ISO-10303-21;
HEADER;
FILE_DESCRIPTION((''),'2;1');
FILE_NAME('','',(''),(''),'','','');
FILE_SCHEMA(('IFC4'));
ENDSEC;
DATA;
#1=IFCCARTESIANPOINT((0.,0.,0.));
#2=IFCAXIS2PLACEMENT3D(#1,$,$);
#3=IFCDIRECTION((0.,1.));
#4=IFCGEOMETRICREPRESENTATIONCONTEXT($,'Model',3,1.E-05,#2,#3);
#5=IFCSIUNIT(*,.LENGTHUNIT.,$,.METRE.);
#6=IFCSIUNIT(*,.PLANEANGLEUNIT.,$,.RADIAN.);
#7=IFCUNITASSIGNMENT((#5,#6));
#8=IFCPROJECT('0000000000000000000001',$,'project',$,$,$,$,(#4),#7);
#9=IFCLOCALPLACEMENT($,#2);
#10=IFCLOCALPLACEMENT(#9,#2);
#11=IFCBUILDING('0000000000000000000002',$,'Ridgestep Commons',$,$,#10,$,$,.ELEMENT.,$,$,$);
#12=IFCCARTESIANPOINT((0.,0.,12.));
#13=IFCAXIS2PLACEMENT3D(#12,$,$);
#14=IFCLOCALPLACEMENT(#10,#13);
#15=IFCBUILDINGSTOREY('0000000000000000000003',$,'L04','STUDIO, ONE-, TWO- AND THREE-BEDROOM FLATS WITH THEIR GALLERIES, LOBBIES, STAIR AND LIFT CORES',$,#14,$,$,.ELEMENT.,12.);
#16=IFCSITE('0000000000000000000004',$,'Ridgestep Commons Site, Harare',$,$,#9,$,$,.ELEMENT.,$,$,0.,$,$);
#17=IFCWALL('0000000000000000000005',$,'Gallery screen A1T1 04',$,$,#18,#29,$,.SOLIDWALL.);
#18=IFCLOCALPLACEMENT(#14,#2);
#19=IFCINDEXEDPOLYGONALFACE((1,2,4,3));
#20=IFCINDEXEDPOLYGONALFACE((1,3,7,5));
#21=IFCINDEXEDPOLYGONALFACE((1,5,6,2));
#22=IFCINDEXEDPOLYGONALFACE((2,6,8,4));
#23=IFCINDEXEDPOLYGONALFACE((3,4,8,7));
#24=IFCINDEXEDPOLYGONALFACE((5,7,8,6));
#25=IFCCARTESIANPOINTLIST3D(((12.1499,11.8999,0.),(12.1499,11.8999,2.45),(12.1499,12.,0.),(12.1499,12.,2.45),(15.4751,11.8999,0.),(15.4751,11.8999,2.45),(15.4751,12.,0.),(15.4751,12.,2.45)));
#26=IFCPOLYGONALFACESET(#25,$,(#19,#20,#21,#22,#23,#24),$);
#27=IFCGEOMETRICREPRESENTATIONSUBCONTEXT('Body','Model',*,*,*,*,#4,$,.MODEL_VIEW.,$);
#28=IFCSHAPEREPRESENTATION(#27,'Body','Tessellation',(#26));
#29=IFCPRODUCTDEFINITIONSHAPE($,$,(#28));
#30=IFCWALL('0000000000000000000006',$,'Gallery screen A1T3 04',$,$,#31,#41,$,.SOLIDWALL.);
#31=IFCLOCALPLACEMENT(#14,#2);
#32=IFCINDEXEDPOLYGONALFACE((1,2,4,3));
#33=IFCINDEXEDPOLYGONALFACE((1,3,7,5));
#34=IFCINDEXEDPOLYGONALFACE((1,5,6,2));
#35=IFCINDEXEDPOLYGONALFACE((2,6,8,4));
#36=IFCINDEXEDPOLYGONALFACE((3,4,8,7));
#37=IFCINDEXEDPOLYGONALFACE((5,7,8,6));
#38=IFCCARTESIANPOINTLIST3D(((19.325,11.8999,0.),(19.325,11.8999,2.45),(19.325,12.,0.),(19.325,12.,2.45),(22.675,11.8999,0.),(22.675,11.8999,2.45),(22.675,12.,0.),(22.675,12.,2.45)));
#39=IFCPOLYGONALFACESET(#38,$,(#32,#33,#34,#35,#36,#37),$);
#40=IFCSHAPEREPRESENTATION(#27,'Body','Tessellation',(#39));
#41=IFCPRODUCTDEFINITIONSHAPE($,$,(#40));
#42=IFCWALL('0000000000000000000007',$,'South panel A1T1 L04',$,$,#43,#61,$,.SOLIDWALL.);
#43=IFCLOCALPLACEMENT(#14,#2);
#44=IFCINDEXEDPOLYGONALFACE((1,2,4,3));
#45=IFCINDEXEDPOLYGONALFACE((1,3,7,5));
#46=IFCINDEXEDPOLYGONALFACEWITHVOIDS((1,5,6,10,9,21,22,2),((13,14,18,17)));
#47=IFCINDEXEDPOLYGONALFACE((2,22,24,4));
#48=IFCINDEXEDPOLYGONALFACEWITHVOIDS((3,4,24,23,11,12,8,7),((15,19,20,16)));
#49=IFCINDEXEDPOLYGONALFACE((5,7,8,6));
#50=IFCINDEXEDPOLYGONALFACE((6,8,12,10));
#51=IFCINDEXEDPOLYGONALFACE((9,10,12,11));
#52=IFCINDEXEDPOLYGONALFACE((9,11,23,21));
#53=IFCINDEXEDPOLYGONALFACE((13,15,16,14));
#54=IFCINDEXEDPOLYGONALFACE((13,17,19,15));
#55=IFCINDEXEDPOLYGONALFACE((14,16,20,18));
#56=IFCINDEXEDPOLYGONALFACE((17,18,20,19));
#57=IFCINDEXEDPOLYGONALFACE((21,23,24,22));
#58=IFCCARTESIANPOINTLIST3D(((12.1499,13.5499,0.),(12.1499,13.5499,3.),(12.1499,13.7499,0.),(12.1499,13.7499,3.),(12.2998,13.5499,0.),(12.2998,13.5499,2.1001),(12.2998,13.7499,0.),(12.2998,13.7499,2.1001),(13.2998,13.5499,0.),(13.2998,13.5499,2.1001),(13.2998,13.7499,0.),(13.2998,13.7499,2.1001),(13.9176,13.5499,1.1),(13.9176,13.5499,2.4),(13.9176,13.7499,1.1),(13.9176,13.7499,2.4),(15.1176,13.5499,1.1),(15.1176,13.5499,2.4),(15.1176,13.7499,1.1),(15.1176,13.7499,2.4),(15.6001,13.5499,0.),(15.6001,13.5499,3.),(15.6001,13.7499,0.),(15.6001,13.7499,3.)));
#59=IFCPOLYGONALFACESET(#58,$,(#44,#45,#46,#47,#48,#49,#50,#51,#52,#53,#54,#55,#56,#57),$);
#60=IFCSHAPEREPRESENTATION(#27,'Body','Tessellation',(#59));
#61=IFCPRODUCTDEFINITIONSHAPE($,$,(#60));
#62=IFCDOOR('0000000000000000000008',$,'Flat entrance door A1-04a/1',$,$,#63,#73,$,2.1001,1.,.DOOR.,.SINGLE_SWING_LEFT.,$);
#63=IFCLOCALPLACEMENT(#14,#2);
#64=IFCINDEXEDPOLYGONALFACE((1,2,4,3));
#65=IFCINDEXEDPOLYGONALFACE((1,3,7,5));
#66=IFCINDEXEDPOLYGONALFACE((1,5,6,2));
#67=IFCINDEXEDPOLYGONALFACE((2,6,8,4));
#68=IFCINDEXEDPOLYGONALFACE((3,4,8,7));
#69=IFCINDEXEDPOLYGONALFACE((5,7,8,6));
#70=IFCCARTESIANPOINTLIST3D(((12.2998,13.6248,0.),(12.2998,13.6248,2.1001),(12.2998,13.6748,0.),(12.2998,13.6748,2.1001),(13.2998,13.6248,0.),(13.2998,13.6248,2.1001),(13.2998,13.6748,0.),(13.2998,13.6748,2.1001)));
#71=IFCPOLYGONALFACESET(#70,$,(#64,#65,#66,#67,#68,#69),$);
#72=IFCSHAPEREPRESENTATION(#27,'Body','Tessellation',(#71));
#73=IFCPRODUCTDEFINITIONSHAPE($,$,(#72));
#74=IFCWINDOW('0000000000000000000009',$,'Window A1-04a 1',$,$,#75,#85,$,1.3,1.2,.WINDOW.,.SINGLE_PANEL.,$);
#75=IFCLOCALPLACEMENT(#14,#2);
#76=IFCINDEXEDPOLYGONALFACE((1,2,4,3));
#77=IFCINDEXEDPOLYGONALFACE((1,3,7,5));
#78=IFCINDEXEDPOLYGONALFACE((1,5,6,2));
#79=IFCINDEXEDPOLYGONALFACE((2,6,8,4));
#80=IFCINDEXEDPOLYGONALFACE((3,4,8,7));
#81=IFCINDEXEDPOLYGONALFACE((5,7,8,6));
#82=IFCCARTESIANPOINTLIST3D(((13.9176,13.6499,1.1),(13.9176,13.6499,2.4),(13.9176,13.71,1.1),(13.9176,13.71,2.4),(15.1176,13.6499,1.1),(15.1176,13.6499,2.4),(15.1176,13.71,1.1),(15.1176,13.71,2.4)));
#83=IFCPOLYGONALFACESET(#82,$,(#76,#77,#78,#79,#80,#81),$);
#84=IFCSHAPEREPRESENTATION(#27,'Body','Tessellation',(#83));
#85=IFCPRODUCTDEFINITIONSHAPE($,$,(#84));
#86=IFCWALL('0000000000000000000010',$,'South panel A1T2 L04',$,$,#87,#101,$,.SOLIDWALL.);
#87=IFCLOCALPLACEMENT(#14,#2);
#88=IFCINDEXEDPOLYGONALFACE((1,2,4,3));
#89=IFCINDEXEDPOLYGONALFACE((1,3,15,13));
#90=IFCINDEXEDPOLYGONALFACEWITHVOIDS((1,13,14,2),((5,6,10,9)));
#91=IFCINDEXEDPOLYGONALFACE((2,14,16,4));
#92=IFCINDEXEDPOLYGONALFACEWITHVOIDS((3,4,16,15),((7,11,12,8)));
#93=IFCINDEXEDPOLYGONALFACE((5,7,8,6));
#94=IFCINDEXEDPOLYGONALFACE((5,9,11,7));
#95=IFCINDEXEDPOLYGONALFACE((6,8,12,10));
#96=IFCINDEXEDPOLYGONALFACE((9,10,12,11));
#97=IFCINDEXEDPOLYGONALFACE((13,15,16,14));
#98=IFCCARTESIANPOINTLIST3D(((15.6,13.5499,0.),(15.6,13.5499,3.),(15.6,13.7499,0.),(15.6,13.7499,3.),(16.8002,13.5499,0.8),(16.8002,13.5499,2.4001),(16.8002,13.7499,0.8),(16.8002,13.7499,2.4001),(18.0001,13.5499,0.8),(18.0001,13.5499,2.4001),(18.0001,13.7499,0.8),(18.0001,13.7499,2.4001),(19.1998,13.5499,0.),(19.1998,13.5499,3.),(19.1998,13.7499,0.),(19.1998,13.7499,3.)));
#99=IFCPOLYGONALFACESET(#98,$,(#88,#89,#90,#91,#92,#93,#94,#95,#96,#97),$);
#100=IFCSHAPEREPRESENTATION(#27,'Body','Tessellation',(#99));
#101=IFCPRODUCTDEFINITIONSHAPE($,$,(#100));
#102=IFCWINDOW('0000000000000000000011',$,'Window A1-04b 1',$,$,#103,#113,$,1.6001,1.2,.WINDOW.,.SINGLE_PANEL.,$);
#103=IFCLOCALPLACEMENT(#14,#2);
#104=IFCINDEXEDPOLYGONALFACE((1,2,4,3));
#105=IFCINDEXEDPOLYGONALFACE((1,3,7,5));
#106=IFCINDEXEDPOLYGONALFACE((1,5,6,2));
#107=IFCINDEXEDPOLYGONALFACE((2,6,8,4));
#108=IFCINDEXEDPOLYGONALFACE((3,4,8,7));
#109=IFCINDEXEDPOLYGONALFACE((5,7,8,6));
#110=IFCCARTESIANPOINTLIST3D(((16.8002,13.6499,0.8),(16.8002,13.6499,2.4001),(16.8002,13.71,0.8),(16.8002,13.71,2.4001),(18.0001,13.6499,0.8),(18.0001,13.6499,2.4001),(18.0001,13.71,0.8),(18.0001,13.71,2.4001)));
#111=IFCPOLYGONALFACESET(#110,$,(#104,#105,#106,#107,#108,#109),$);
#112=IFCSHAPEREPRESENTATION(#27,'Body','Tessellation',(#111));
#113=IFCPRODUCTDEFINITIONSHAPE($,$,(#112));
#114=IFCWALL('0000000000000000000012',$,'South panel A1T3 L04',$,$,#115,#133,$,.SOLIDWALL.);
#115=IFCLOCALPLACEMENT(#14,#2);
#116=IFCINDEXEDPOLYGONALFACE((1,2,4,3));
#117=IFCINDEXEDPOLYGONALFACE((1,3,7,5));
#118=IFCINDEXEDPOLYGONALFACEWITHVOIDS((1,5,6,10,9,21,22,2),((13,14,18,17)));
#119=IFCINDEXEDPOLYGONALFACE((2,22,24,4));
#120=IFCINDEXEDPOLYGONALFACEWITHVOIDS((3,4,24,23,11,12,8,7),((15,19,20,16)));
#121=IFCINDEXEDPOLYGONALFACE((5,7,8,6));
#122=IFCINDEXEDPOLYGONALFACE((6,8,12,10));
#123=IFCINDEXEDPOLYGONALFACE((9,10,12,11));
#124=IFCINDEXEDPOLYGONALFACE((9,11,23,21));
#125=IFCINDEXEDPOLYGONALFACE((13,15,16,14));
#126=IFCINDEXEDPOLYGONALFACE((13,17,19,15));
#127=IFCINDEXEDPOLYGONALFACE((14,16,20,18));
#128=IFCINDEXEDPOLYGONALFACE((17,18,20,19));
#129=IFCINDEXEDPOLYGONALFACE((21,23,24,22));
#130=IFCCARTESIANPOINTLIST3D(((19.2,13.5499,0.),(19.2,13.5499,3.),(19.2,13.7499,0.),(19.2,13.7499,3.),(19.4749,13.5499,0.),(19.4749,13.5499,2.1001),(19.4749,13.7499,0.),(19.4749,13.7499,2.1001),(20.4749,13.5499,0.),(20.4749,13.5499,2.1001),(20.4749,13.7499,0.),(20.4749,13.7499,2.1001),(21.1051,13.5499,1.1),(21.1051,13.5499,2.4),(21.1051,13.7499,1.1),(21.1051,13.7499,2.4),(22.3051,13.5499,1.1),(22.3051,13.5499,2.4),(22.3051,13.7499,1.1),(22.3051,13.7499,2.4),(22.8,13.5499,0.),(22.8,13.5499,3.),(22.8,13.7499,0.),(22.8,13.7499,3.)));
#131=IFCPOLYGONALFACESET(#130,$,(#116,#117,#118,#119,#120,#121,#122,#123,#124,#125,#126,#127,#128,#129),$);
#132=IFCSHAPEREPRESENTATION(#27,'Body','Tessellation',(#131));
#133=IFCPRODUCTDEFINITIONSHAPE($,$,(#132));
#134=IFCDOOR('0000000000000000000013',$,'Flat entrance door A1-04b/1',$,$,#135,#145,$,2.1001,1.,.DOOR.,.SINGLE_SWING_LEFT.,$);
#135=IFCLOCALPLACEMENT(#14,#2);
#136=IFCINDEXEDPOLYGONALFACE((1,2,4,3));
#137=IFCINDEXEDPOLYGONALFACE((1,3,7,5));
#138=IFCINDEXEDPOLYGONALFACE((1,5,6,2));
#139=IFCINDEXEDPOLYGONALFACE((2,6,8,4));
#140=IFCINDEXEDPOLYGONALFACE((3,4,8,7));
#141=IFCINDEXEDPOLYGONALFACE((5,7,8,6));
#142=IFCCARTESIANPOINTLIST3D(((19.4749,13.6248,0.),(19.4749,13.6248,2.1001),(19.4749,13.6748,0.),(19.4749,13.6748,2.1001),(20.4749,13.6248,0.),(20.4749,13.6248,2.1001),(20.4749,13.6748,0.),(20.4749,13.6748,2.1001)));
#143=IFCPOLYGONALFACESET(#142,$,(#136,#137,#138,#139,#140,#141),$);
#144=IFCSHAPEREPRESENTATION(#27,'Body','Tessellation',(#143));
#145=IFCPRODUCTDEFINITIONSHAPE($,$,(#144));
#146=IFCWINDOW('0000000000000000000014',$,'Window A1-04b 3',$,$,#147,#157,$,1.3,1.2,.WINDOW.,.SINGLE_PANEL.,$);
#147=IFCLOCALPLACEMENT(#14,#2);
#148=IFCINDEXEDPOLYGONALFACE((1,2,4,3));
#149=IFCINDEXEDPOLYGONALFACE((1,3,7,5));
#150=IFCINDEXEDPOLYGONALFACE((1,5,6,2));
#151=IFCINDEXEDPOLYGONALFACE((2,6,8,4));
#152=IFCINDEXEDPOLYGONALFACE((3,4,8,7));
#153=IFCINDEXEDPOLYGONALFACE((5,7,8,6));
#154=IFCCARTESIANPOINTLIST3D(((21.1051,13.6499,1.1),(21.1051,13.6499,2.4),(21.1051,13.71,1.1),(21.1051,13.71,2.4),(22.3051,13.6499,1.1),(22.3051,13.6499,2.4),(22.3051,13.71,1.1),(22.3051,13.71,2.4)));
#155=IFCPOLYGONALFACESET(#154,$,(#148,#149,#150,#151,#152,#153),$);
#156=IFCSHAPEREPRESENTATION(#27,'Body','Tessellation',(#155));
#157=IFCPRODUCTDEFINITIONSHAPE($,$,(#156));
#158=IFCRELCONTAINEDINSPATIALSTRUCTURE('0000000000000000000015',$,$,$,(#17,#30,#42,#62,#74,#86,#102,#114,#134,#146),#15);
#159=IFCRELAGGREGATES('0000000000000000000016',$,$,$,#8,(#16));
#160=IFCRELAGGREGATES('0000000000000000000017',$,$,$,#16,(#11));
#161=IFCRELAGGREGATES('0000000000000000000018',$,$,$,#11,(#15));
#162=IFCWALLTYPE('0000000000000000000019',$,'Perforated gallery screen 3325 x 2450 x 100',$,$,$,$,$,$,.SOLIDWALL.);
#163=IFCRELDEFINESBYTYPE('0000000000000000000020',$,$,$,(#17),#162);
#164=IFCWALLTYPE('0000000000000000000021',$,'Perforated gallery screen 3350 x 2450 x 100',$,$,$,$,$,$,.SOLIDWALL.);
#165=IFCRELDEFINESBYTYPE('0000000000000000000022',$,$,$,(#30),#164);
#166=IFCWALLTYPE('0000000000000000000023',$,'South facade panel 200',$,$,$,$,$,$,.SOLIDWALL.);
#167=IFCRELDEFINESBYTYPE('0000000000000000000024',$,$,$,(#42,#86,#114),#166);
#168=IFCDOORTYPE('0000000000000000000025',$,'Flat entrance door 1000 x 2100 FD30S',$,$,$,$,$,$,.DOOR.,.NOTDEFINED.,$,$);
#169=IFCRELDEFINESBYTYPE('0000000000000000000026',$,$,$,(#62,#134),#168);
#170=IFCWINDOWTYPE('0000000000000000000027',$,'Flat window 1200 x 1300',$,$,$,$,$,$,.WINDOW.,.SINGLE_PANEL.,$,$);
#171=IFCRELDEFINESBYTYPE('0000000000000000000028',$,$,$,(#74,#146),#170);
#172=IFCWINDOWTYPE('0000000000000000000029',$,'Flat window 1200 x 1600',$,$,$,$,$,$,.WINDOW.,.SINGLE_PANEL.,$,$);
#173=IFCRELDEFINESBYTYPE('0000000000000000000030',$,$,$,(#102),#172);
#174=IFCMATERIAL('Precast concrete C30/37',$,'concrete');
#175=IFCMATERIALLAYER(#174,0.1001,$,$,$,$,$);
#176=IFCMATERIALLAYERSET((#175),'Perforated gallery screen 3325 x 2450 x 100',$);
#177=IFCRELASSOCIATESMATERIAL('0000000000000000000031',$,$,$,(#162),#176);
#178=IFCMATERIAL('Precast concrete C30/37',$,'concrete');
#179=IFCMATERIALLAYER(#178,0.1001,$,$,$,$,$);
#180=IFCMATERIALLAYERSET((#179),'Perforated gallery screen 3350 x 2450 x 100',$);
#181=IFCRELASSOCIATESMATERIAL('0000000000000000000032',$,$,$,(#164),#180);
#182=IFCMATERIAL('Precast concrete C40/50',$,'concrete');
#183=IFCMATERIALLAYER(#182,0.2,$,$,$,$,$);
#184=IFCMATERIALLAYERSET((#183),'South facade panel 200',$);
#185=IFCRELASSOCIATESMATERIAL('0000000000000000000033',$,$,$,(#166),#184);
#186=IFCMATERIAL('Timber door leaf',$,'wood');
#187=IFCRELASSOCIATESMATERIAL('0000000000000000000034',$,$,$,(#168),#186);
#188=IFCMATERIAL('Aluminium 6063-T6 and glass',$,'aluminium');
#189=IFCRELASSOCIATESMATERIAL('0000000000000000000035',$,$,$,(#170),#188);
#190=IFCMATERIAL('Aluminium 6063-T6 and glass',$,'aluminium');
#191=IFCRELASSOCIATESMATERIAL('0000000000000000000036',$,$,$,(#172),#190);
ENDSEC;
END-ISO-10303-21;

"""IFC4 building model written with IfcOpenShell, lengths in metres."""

from ifc_helpers import new_model, si_unit, direction, frame, frame_2d, origin, place, context, subcontext, project, spatial, rectangle, extrude, material, layer, layer_set, type_object, element, fill, save


model = new_model("IFC4")

# Units and contexts
model_context = context("Model", 3, precision=1e-05, world=origin(), true_north=direction((0.0, 1.0)))
body_context = subcontext(model_context, "Body", "Model", "MODEL_VIEW")
ifc_project = project(units=[si_unit("LENGTHUNIT", "METRE"), si_unit("PLANEANGLEUNIT", "RADIAN")], contexts=[model_context])

# Site, building, storey
site_placement = place(None, origin())
site = spatial("IfcSite", under=ifc_project, at=site_placement, Name="Ridgestep Commons Site, Harare", CompositionType="ELEMENT", RefElevation=0.0)
building_placement = place(site_placement, origin())
building = spatial("IfcBuilding", under=site, at=building_placement, Name="Ridgestep Commons", CompositionType="ELEMENT")
storey_placement = place(building_placement, frame((0.0, 0.0, 12.0)))
storey = spatial("IfcBuildingStorey", under=building, at=storey_placement, Name="L04", Description="STUDIO, ONE-, TWO- AND THREE-BEDROOM FLATS WITH THEIR GALLERIES, LOBBIES, STAIR AND LIFT CORES", CompositionType="ELEMENT", Elevation=12.0)

# Walls
ifc_material_1 = material(Name="Precast concrete C30/37", Category="concrete")
ifc_layer_1 = layer(ifc_material_1, 0.1001)
ifc_layer_set_1 = layer_set([ifc_layer_1], Name="Perforated gallery screen 3325 x 2450 x 100")
wall_type_1 = type_object("IfcWallType", Name="Perforated gallery screen 3325 x 2450 x 100", PredefinedType="SOLIDWALL", material=ifc_layer_set_1)
wall_1_placement = place(storey_placement, frame((12.1499, 11.95, 0.0), z_axis=(0.0, 0.0, 1.0), x_axis=(1.0, 0.0, 0.0)))
element("IfcWall", 1, at=wall_1_placement, inside=storey, type_object=wall_type_1, Name="Gallery screen A1T1 04", PredefinedType="SOLIDWALL", context=body_context, shape_type="SweptSolid", body=[
    extrude(rectangle(XDim=3.3252, YDim=0.1001, at=frame_2d((1.6626, 0.0))), origin(), (0.0, 0.0, 1.0), 2.45),
])
ifc_material_2 = material(Name="Precast concrete C30/37", Category="concrete")
ifc_layer_2 = layer(ifc_material_2, 0.1001)
ifc_layer_set_2 = layer_set([ifc_layer_2], Name="Perforated gallery screen 3350 x 2450 x 100")
wall_type_2 = type_object("IfcWallType", Name="Perforated gallery screen 3350 x 2450 x 100", PredefinedType="SOLIDWALL", material=ifc_layer_set_2)
wall_2_placement = place(storey_placement, frame((19.325, 11.95, 0.0), z_axis=(0.0, 0.0, 1.0), x_axis=(1.0, 0.0, 0.0)))
element("IfcWall", 2, at=wall_2_placement, inside=storey, type_object=wall_type_2, Name="Gallery screen A1T3 04", PredefinedType="SOLIDWALL", context=body_context, shape_type="SweptSolid", body=[
    extrude(rectangle(XDim=3.3501, YDim=0.1001, at=frame_2d((1.675, 0.0))), origin(), (0.0, 0.0, 1.0), 2.45),
])

# Wall, openings, door, window
ifc_material_3 = material(Name="Precast concrete C40/50", Category="concrete")
ifc_layer_3 = layer(ifc_material_3, 0.2)
ifc_layer_set_3 = layer_set([ifc_layer_3], Name="South facade panel 200")
wall_type_3 = type_object("IfcWallType", Name="South facade panel 200", PredefinedType="SOLIDWALL", material=ifc_layer_set_3)
wall_3_placement = place(storey_placement, frame((12.1499, 13.6499, 0.0), z_axis=(0.0, 0.0, 1.0), x_axis=(1.0, 0.0, 0.0)))
wall_3 = element("IfcWall", 3, at=wall_3_placement, inside=storey, type_object=wall_type_3, Name="South panel A1T1 L04", PredefinedType="SOLIDWALL", context=body_context, shape_type="SweptSolid", body=[
    extrude(rectangle(XDim=3.4502, YDim=0.2, at=frame_2d((1.7251, 0.0))), origin(), (0.0, 0.0, 1.0), 3.0),
])
opening_1_placement = place(wall_3_placement, frame((1.7676, 0.0, 1.1001)))
opening_1 = element("IfcOpeningElement", 4, at=opening_1_placement, cuts=wall_3, PredefinedType="OPENING", context=body_context, shape_type="SweptSolid", body=[
    extrude(rectangle(XDim=1.2, YDim=1.3, at=frame_2d((0.6001, 0.6499))), frame((0.0, 0.1099, 0.0), z_axis=(0.0, -1.0, 0.0), x_axis=(1.0, 0.0, 0.0)), (0.0, 0.0, 1.0), 0.22),
])
opening_2_placement = place(wall_3_placement, frame((0.1499, 0.0, 0.0)))
opening_2 = element("IfcOpeningElement", 5, at=opening_2_placement, cuts=wall_3, PredefinedType="OPENING", context=body_context, shape_type="SweptSolid", body=[
    extrude(rectangle(XDim=1.0, YDim=2.1001, at=frame_2d((0.5, 1.05))), frame((0.0, 0.1099, 0.0), z_axis=(0.0, -1.0, 0.0), x_axis=(1.0, 0.0, 0.0)), (0.0, 0.0, 1.0), 0.22),
])
ifc_material_4 = material(Name="Timber door leaf", Category="wood")
door_type_1 = type_object("IfcDoorType", Name="Flat entrance door 1000 x 2100 FD30S", OperationType="NOTDEFINED", PredefinedType="DOOR", material=ifc_material_4)
door_1_placement = place(opening_2_placement, origin())
door_1 = element("IfcDoor", 6, at=door_1_placement, inside=storey, type_object=door_type_1, Name="Flat entrance door A1-04a/1", OperationType="SINGLE_SWING_LEFT", OverallHeight=2.1001, OverallWidth=1.0, PredefinedType="DOOR", context=body_context, shape_type="SweptSolid", body=[
    extrude(rectangle(XDim=1.0, YDim=2.1001, at=frame_2d((0.5, 1.05))), frame((0.0, 0.0249, 0.0), z_axis=(0.0, -1.0, 0.0), x_axis=(1.0, 0.0, 0.0)), (0.0, 0.0, 1.0), 0.05),
])
fill(opening_2, door_1)
ifc_material_5 = material(Name="Aluminium 6063-T6 and glass", Category="aluminium")
window_type_1 = type_object("IfcWindowType", Name="Flat window 1200 x 1300", PartitioningType="SINGLE_PANEL", PredefinedType="WINDOW", material=ifc_material_5)
window_1_placement = place(opening_1_placement, origin())
window_1 = element("IfcWindow", 7, at=window_1_placement, inside=storey, type_object=window_type_1, Name="Window A1-04a 1", OverallHeight=1.3, OverallWidth=1.2, PartitioningType="SINGLE_PANEL", PredefinedType="WINDOW", context=body_context, shape_type="SweptSolid", body=[
    extrude(rectangle(XDim=1.2, YDim=1.3, at=frame_2d((0.6001, 0.6499))), frame((0.0, 0.0601, 0.0), z_axis=(0.0, -1.0, 0.0), x_axis=(1.0, 0.0, 0.0)), (0.0, 0.0, 1.0), 0.0601),
])
fill(opening_1, window_1)

# Wall, opening, window
wall_4_placement = place(storey_placement, frame((15.6001, 13.6499, 0.0), z_axis=(0.0, 0.0, 1.0), x_axis=(1.0, 0.0, 0.0)))
wall_4 = element("IfcWall", 8, at=wall_4_placement, inside=storey, type_object=wall_type_3, Name="South panel A1T2 L04", PredefinedType="SOLIDWALL", context=body_context, shape_type="SweptSolid", body=[
    extrude(rectangle(XDim=3.5999, YDim=0.2, at=frame_2d((1.7998, 0.0))), origin(), (0.0, 0.0, 1.0), 3.0),
])
opening_3_placement = place(wall_4_placement, frame((1.2, 0.0, 0.8)))
opening_3 = element("IfcOpeningElement", 9, at=opening_3_placement, cuts=wall_4, PredefinedType="OPENING", context=body_context, shape_type="SweptSolid", body=[
    extrude(rectangle(XDim=1.2, YDim=1.6001, at=frame_2d((0.6001, 0.8))), frame((0.0, 0.1099, 0.0), z_axis=(0.0, -1.0, 0.0), x_axis=(1.0, 0.0, 0.0)), (0.0, 0.0, 1.0), 0.22),
])
ifc_material_6 = material(Name="Aluminium 6063-T6 and glass", Category="aluminium")
window_type_2 = type_object("IfcWindowType", Name="Flat window 1200 x 1600", PartitioningType="SINGLE_PANEL", PredefinedType="WINDOW", material=ifc_material_6)
window_2_placement = place(opening_3_placement, origin())
window_2 = element("IfcWindow", 10, at=window_2_placement, inside=storey, type_object=window_type_2, Name="Window A1-04b 1", OverallHeight=1.6001, OverallWidth=1.2, PartitioningType="SINGLE_PANEL", PredefinedType="WINDOW", context=body_context, shape_type="SweptSolid", body=[
    extrude(rectangle(XDim=1.2, YDim=1.6001, at=frame_2d((0.6001, 0.8))), frame((0.0, 0.0601, 0.0), z_axis=(0.0, -1.0, 0.0), x_axis=(1.0, 0.0, 0.0)), (0.0, 0.0, 1.0), 0.0601),
])
fill(opening_3, window_2)

# Wall, openings, door, window
wall_5_placement = place(storey_placement, frame((19.2, 13.6499, 0.0), z_axis=(0.0, 0.0, 1.0), x_axis=(1.0, 0.0, 0.0)))
wall_5 = element("IfcWall", 11, at=wall_5_placement, inside=storey, type_object=wall_type_3, Name="South panel A1T3 L04", PredefinedType="SOLIDWALL", context=body_context, shape_type="SweptSolid", body=[
    extrude(rectangle(XDim=3.6001, YDim=0.2, at=frame_2d((1.8, 0.0))), origin(), (0.0, 0.0, 1.0), 3.0),
])
opening_4_placement = place(wall_5_placement, frame((1.905, 0.0, 1.1001)))
opening_4 = element("IfcOpeningElement", 12, at=opening_4_placement, cuts=wall_5, PredefinedType="OPENING", context=body_context, shape_type="SweptSolid", body=[
    extrude(rectangle(XDim=1.2, YDim=1.3, at=frame_2d((0.6001, 0.6499))), frame((0.0, 0.1099, 0.0), z_axis=(0.0, -1.0, 0.0), x_axis=(1.0, 0.0, 0.0)), (0.0, 0.0, 1.0), 0.22),
])
opening_5_placement = place(wall_5_placement, frame((0.2749, 0.0, 0.0)))
opening_5 = element("IfcOpeningElement", 13, at=opening_5_placement, cuts=wall_5, PredefinedType="OPENING", context=body_context, shape_type="SweptSolid", body=[
    extrude(rectangle(XDim=1.0, YDim=2.1001, at=frame_2d((0.5, 1.05))), frame((0.0, 0.1099, 0.0), z_axis=(0.0, -1.0, 0.0), x_axis=(1.0, 0.0, 0.0)), (0.0, 0.0, 1.0), 0.22),
])
door_2_placement = place(opening_5_placement, origin())
door_2 = element("IfcDoor", 14, at=door_2_placement, inside=storey, type_object=door_type_1, Name="Flat entrance door A1-04b/1", OperationType="SINGLE_SWING_LEFT", OverallHeight=2.1001, OverallWidth=1.0, PredefinedType="DOOR", context=body_context, shape_type="SweptSolid", body=[
    extrude(rectangle(XDim=1.0, YDim=2.1001, at=frame_2d((0.5, 1.05))), frame((0.0, 0.0249, 0.0), z_axis=(0.0, -1.0, 0.0), x_axis=(1.0, 0.0, 0.0)), (0.0, 0.0, 1.0), 0.05),
])
fill(opening_5, door_2)
window_3_placement = place(opening_4_placement, origin())
window_3 = element("IfcWindow", 15, at=window_3_placement, inside=storey, type_object=window_type_1, Name="Window A1-04b 3", OverallHeight=1.3, OverallWidth=1.2, PartitioningType="SINGLE_PANEL", PredefinedType="WINDOW", context=body_context, shape_type="SweptSolid", body=[
    extrude(rectangle(XDim=1.2, YDim=1.3, at=frame_2d((0.6001, 0.6499))), frame((0.0, 0.0601, 0.0), z_axis=(0.0, -1.0, 0.0), x_axis=(1.0, 0.0, 0.0)), (0.0, 0.0, 1.0), 0.0601),
])
fill(opening_4, window_3)

save(model, "model.ifc")
